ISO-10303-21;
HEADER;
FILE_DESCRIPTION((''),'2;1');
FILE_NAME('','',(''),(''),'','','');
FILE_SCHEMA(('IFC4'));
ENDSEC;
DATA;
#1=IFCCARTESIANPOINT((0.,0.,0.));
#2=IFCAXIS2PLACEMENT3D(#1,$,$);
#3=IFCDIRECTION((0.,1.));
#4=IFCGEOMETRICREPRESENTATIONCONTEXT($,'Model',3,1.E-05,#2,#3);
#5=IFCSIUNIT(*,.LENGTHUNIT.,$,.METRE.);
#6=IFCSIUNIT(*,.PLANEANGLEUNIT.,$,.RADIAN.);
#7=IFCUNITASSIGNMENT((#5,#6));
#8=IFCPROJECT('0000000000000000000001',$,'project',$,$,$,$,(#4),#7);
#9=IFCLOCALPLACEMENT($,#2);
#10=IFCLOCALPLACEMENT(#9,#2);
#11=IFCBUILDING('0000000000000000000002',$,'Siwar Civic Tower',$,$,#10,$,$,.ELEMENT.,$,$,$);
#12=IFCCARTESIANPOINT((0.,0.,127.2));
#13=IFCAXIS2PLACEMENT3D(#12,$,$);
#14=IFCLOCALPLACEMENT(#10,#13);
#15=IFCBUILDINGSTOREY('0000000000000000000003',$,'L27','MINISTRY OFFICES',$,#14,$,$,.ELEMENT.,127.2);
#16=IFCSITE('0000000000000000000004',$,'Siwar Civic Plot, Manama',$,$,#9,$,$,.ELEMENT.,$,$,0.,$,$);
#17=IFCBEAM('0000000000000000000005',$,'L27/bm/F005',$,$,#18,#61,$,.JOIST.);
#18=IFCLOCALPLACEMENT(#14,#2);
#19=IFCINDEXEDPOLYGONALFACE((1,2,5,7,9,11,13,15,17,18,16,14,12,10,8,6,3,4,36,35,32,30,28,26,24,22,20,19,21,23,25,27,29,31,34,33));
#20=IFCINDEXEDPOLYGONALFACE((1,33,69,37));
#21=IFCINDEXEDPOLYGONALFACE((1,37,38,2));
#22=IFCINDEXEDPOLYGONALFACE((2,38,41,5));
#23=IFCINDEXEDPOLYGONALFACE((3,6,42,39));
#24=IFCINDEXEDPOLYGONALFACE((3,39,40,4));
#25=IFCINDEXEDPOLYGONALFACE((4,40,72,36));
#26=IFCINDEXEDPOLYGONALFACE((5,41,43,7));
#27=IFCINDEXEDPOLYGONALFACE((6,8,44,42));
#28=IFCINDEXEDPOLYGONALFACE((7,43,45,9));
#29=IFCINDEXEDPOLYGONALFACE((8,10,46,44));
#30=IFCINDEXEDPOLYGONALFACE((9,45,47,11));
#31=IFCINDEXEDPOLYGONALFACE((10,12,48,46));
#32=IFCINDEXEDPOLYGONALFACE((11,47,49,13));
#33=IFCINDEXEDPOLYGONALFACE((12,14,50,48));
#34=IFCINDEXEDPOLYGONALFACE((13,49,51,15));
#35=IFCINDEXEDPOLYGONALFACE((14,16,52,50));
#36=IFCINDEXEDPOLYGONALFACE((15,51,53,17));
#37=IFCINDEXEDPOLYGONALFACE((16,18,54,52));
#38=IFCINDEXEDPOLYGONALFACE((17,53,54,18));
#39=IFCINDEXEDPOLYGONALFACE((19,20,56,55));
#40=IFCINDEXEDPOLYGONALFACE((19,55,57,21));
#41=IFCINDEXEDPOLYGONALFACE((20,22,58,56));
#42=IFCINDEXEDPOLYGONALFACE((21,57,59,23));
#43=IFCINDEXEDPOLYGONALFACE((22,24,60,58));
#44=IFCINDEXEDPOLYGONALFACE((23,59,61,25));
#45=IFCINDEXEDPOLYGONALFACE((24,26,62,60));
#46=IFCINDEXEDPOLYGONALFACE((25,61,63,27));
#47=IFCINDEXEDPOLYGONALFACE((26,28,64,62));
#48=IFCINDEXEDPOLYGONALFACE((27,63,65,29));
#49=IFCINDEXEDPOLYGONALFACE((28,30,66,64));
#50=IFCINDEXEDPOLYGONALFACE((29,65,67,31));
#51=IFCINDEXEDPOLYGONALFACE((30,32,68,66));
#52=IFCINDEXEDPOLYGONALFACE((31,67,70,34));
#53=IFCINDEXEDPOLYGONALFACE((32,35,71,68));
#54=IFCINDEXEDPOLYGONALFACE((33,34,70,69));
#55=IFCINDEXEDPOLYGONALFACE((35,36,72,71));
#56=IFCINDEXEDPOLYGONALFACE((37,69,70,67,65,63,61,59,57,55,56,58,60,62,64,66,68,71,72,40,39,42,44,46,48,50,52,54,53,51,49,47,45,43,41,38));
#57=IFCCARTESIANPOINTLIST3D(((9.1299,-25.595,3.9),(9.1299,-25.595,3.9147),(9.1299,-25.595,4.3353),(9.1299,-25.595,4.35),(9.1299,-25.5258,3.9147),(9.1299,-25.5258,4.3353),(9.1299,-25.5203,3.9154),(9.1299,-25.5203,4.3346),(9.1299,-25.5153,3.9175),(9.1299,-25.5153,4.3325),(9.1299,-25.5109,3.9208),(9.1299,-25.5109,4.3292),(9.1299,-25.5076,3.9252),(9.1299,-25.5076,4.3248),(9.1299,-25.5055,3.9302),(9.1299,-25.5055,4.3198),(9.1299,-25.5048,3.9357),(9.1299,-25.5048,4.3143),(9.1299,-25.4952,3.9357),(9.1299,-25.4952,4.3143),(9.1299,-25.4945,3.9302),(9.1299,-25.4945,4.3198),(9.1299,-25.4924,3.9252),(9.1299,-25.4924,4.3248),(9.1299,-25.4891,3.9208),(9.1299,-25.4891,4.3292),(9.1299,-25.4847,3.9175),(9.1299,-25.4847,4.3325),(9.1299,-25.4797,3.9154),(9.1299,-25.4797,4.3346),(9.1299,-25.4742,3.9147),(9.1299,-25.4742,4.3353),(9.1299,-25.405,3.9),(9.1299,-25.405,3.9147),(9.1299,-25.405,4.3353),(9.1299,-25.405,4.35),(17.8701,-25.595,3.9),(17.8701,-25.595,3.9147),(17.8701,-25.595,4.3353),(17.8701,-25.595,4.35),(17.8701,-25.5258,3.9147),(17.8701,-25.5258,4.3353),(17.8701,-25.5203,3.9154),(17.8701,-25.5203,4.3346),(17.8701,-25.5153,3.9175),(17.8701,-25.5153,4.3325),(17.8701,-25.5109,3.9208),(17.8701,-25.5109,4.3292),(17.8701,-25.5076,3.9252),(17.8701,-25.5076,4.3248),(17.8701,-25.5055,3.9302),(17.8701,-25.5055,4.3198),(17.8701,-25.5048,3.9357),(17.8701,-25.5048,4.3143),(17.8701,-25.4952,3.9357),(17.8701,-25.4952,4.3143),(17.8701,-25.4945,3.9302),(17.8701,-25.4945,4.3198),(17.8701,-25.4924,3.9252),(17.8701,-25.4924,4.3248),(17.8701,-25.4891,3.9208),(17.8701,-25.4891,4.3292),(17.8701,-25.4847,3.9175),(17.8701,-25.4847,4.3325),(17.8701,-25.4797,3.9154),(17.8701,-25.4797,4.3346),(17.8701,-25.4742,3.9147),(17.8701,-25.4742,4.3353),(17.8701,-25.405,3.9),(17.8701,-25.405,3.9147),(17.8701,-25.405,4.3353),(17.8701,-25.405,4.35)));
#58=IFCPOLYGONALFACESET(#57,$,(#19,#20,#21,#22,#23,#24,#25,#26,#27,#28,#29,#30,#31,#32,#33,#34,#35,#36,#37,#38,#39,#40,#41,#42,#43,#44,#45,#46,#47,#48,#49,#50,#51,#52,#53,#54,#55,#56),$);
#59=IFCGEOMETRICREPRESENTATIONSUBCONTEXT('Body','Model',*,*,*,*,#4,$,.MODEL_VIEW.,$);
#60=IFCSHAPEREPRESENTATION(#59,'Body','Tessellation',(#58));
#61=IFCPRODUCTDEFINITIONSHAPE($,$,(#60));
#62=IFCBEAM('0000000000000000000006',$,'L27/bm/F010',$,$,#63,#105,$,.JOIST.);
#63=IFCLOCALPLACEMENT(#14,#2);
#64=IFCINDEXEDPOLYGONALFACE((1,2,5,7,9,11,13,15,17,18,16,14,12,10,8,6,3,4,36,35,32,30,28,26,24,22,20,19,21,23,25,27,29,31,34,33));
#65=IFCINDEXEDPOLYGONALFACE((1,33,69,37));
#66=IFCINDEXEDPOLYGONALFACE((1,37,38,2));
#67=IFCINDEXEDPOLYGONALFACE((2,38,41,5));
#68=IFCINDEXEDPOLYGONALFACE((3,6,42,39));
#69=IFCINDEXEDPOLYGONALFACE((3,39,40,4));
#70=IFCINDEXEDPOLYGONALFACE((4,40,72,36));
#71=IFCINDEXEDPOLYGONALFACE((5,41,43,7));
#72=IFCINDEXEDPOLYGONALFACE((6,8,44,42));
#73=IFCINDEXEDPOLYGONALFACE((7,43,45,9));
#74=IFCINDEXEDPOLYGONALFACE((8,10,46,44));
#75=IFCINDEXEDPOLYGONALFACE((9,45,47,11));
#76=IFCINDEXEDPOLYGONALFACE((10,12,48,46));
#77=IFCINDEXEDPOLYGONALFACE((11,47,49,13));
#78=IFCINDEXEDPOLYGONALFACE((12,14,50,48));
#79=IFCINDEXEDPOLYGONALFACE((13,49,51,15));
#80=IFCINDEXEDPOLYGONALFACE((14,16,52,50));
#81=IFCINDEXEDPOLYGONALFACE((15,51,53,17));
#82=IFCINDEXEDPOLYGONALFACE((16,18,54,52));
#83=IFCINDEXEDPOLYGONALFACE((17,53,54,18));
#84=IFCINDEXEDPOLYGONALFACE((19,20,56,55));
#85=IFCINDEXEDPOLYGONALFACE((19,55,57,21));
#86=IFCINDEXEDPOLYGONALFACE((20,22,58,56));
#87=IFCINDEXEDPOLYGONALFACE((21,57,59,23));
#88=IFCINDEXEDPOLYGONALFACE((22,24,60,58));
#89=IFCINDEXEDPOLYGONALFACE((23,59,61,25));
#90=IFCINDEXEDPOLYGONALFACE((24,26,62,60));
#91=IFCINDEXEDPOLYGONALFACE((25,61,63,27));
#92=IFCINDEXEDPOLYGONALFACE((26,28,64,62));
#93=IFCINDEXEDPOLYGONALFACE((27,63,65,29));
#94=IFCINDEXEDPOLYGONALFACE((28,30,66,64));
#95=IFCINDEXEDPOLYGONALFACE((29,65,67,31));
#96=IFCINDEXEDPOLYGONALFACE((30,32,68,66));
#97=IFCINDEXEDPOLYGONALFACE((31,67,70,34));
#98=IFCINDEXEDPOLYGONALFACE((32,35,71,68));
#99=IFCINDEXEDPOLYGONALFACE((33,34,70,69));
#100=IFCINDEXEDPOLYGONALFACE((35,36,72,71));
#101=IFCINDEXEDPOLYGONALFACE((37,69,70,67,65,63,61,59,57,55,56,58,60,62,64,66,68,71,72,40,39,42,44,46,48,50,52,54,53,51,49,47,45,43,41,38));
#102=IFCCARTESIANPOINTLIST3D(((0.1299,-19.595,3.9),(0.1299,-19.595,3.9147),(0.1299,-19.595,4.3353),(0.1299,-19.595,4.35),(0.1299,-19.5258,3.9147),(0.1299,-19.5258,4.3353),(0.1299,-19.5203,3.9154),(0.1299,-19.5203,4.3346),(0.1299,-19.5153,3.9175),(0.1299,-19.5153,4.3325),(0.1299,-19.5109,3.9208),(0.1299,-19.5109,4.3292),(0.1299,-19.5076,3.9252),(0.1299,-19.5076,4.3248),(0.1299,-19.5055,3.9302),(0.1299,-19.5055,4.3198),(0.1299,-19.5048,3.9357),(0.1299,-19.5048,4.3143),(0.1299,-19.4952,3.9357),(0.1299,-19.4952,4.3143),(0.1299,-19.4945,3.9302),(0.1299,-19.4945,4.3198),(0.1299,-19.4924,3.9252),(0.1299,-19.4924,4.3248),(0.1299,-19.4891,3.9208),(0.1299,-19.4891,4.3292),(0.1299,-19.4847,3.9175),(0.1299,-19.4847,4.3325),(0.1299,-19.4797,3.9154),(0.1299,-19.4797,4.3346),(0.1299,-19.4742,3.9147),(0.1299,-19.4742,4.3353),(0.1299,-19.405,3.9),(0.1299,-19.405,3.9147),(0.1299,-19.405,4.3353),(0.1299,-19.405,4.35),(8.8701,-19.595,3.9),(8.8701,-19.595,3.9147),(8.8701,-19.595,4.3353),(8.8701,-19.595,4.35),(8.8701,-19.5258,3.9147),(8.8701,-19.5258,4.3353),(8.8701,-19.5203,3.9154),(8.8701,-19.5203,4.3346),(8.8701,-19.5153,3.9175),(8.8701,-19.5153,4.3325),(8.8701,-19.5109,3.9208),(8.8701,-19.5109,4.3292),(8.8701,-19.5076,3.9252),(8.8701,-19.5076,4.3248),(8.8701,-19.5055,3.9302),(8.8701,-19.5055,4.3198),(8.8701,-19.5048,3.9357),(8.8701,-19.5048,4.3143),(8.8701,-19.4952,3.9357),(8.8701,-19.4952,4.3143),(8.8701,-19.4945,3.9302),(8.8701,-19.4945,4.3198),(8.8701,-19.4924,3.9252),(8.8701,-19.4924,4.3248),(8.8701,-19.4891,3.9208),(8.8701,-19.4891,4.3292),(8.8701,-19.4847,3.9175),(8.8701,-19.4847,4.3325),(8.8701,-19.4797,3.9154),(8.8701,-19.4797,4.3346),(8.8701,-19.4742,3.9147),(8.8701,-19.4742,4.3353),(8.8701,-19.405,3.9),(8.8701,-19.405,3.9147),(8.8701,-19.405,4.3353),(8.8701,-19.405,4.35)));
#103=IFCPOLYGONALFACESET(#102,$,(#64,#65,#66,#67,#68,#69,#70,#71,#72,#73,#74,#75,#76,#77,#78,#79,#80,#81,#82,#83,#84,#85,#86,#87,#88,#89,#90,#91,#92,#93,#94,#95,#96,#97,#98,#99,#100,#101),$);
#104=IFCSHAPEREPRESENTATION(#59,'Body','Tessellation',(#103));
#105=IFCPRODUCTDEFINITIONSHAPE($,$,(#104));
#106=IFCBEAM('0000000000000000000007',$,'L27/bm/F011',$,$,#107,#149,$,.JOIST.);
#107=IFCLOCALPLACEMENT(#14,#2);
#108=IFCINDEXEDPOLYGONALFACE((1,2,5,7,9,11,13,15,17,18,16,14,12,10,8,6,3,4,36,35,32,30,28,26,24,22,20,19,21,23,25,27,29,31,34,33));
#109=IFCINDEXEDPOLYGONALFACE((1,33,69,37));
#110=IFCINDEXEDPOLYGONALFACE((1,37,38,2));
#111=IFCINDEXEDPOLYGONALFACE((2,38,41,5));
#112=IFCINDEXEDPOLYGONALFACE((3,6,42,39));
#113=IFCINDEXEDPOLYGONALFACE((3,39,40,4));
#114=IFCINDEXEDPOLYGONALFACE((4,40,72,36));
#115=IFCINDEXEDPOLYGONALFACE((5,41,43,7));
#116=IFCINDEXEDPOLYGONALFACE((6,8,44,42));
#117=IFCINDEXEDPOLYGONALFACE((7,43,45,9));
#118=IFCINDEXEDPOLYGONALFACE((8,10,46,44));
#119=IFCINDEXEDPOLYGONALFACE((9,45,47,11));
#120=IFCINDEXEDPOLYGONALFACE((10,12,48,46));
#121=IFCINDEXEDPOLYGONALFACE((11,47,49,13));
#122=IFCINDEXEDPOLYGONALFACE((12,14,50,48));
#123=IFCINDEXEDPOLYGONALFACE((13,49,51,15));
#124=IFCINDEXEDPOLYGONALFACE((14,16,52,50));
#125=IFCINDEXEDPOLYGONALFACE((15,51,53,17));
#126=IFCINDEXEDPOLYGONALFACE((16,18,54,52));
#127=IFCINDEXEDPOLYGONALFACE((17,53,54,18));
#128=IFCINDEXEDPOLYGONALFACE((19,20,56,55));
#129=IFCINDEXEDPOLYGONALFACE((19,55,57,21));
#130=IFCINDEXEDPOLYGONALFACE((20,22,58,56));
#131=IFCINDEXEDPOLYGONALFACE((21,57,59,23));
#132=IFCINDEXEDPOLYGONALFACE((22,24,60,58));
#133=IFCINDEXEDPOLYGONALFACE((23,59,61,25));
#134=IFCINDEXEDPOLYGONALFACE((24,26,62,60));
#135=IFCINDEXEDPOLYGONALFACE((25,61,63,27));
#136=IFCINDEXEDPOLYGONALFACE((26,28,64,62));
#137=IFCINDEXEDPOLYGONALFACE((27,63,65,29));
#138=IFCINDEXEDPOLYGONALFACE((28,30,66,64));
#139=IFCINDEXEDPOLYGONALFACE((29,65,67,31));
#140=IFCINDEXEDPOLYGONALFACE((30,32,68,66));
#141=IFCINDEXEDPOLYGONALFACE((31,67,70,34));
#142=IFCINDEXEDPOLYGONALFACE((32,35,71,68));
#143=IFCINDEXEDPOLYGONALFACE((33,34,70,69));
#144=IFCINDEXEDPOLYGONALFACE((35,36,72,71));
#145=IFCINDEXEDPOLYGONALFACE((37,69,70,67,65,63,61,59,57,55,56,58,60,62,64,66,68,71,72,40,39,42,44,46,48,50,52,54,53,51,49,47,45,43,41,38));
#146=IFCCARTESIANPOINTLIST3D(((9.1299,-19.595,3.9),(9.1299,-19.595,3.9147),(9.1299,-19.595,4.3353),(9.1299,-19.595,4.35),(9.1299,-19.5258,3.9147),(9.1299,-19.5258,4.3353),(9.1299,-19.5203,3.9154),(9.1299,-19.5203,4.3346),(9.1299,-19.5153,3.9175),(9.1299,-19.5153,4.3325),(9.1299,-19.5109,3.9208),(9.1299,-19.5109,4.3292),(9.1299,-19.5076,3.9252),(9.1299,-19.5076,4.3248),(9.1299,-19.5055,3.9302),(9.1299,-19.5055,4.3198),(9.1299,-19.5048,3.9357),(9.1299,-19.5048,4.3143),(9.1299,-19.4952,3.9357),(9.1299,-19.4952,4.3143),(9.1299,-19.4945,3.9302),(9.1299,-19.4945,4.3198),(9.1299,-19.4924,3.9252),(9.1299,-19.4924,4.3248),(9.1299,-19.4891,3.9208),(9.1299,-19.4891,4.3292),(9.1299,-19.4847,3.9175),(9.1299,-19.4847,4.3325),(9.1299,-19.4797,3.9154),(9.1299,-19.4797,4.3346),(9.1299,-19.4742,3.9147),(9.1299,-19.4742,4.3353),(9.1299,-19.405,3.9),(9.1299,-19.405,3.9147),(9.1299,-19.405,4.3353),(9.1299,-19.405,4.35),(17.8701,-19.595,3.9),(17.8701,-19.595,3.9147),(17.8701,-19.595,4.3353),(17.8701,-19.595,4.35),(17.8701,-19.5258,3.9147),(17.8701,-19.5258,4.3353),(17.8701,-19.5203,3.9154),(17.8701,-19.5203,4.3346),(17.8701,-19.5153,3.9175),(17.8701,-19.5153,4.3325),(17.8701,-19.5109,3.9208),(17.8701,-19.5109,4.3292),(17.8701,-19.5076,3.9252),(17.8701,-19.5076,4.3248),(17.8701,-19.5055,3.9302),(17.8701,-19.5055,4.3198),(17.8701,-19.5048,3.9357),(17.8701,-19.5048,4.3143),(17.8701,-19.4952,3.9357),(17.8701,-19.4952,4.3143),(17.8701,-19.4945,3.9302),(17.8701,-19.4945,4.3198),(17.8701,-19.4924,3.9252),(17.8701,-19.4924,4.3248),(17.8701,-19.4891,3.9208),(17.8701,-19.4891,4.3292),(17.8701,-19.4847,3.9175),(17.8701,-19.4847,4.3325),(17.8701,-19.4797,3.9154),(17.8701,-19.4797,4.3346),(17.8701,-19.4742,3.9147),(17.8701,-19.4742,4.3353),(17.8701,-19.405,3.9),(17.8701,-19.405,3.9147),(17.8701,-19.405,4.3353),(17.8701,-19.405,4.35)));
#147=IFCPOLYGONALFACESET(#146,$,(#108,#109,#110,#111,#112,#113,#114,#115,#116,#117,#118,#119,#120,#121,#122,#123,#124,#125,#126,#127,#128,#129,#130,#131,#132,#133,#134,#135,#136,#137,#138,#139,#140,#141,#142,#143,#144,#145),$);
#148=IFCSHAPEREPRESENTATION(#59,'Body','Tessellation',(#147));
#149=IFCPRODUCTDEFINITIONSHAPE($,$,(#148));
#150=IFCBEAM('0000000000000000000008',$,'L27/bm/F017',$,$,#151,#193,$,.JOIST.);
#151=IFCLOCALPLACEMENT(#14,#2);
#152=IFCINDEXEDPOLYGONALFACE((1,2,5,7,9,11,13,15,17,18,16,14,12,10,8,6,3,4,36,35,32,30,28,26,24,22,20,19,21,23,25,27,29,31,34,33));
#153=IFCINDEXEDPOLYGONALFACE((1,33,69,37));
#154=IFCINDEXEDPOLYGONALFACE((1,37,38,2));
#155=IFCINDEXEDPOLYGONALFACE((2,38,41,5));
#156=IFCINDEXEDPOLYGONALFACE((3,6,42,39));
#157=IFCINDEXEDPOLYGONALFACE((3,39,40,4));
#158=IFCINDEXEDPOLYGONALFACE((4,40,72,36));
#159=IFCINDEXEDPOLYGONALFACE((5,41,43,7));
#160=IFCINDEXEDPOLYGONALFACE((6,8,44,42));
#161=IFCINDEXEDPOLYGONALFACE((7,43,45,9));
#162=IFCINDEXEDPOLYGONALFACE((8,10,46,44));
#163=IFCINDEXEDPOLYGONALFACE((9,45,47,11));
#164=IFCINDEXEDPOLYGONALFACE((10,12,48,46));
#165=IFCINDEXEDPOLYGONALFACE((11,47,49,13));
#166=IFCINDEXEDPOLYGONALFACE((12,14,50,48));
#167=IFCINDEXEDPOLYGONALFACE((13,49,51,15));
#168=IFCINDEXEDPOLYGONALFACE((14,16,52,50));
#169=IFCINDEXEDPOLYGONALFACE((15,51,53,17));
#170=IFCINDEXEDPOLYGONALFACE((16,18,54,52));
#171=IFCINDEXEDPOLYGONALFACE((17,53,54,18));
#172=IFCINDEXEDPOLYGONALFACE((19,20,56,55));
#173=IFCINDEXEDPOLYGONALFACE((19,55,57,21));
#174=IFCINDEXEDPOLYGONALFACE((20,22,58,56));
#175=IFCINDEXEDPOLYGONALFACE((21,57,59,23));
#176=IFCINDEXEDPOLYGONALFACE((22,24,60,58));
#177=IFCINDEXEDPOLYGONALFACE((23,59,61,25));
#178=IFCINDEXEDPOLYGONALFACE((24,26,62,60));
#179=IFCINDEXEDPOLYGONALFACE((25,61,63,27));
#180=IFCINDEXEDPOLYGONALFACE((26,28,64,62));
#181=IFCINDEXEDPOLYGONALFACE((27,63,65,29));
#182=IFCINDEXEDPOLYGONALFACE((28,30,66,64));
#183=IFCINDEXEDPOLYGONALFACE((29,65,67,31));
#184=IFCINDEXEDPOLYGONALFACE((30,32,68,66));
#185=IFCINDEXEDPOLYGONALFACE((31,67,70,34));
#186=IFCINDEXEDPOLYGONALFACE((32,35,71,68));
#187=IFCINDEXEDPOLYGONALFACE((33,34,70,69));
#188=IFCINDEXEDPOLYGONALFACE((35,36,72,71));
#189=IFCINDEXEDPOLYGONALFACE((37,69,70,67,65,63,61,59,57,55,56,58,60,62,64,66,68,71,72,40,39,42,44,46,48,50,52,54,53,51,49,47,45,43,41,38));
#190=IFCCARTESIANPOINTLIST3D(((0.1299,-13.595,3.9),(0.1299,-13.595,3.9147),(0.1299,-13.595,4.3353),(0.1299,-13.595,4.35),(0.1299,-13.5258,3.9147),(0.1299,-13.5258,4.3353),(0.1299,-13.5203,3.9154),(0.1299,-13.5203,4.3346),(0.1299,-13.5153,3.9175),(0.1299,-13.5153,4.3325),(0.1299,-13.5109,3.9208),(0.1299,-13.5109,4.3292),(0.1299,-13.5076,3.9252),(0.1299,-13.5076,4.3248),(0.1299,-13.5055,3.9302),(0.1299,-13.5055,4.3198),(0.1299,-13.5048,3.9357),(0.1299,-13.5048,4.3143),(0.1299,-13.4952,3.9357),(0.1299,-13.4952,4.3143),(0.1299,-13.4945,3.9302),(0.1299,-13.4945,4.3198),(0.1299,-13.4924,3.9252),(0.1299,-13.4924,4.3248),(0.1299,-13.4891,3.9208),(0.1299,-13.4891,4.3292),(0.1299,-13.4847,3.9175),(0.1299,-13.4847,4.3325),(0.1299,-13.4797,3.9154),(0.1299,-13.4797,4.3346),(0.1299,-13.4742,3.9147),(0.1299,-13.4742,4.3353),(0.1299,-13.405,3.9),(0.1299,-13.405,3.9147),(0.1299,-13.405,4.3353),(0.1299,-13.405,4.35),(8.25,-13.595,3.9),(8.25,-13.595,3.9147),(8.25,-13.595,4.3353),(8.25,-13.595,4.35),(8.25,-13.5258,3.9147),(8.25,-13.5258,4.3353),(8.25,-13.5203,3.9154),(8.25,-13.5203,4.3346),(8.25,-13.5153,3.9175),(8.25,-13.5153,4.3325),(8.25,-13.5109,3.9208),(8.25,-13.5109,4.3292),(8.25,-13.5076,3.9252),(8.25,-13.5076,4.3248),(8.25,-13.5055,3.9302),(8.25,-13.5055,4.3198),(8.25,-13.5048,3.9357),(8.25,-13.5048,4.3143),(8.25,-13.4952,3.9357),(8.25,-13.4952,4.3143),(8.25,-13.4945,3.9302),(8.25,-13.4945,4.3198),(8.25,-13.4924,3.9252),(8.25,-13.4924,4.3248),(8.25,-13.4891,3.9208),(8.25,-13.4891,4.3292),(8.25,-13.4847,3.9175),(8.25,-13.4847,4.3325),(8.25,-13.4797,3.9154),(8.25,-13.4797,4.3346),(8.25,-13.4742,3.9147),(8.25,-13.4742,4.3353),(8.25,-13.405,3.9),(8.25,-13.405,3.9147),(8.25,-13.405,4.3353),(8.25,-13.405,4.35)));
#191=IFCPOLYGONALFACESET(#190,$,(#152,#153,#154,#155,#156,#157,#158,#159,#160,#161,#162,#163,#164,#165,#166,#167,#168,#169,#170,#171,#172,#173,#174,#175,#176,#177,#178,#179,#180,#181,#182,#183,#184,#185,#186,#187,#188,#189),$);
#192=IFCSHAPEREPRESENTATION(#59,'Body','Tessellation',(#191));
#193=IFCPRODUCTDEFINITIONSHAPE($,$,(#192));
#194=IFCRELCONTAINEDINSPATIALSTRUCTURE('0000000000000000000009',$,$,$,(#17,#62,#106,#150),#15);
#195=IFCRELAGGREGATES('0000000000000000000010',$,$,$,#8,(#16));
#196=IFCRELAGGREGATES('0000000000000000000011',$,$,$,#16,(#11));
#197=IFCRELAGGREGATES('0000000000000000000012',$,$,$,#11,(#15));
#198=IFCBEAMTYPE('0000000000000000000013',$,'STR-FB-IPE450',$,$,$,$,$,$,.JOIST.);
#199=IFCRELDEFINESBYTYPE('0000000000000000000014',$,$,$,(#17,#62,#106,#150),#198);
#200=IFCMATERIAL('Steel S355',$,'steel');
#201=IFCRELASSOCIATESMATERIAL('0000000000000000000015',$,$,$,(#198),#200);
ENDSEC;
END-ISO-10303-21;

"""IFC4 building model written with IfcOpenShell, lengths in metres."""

from ifc_helpers import new_model, si_unit, direction, frame, origin, origin_2d, place, context, subcontext, project, spatial, i_section, extrude, material, material_profile, profile_set, type_object, element, save


model = new_model("IFC4")

# Units and contexts
model_context = context("Model", 3, precision=1e-05, world=origin(), true_north=direction((0.0, 1.0)))
body_context = subcontext(model_context, "Body", "Model", "MODEL_VIEW")
ifc_project = project(units=[si_unit("LENGTHUNIT", "METRE"), si_unit("PLANEANGLEUNIT", "RADIAN")], contexts=[model_context])

# Site, building, storey
site_placement = place(None, origin())
site = spatial("IfcSite", under=ifc_project, at=site_placement, Name="Siwar Civic Plot, Manama", CompositionType="ELEMENT", RefElevation=0.0)
building_placement = place(site_placement, origin())
building = spatial("IfcBuilding", under=site, at=building_placement, Name="Siwar Civic Tower", CompositionType="ELEMENT")
storey_placement = place(building_placement, frame((0.0, 0.0, 127.2)))
storey = spatial("IfcBuildingStorey", under=building, at=storey_placement, Name="L27", Description="MINISTRY OFFICES", CompositionType="ELEMENT", Elevation=127.2)

# Beams
ifc_material_1 = material(Name="Steel S355", Category="steel")
ifc_material_profile_1 = material_profile(ifc_material_1, i_section(OverallWidth=0.1899, OverallDepth=0.45, WebThickness=0.0095, FlangeThickness=0.0146, FilletRadius=0.021, at=origin_2d()), Name="IPE450")
ifc_profile_set_1 = profile_set([ifc_material_profile_1], Name="Steel S355")
beam_type_1 = type_object("IfcBeamType", Name="STR-FB-IPE450", PredefinedType="JOIST", material=ifc_profile_set_1)
for number, where, z_axis, x_axis, name in (
    (1, (9.1299, -25.5, 4.125), (1.0, 0.0, 0.0), (0.0, 1.0, 0.0), "L27/bm/F005"),
    (2, (0.1299, -19.5, 4.125), (1.0, 0.0, 0.0), (0.0, 1.0, 0.0), "L27/bm/F010"),
    (3, (9.1299, -19.5, 4.125), (1.0, 0.0, 0.0), (0.0, 1.0, 0.0), "L27/bm/F011"),
):
    element("IfcBeam", number, at=place(storey_placement, frame(where, z_axis=z_axis, x_axis=x_axis)), inside=storey, type_object=beam_type_1, Name=name, PredefinedType="JOIST", context=body_context, shape_type="SweptSolid", body=[
        extrude(i_section(OverallWidth=0.1899, OverallDepth=0.45, WebThickness=0.0095, FlangeThickness=0.0146, FilletRadius=0.021, at=origin_2d()), origin(), (0.0, 0.0, 1.0), 8.7402),
    ])
beam_1_placement = place(storey_placement, frame((0.1299, -13.5, 4.125), z_axis=(1.0, 0.0, 0.0), x_axis=(0.0, 1.0, 0.0)))
element("IfcBeam", 4, at=beam_1_placement, inside=storey, type_object=beam_type_1, Name="L27/bm/F017", PredefinedType="JOIST", context=body_context, shape_type="SweptSolid", body=[
    extrude(i_section(OverallWidth=0.1899, OverallDepth=0.45, WebThickness=0.0095, FlangeThickness=0.0146, FilletRadius=0.021, at=origin_2d()), origin(), (0.0, 0.0, 1.0), 8.1201),
])

save(model, "model.ifc")
